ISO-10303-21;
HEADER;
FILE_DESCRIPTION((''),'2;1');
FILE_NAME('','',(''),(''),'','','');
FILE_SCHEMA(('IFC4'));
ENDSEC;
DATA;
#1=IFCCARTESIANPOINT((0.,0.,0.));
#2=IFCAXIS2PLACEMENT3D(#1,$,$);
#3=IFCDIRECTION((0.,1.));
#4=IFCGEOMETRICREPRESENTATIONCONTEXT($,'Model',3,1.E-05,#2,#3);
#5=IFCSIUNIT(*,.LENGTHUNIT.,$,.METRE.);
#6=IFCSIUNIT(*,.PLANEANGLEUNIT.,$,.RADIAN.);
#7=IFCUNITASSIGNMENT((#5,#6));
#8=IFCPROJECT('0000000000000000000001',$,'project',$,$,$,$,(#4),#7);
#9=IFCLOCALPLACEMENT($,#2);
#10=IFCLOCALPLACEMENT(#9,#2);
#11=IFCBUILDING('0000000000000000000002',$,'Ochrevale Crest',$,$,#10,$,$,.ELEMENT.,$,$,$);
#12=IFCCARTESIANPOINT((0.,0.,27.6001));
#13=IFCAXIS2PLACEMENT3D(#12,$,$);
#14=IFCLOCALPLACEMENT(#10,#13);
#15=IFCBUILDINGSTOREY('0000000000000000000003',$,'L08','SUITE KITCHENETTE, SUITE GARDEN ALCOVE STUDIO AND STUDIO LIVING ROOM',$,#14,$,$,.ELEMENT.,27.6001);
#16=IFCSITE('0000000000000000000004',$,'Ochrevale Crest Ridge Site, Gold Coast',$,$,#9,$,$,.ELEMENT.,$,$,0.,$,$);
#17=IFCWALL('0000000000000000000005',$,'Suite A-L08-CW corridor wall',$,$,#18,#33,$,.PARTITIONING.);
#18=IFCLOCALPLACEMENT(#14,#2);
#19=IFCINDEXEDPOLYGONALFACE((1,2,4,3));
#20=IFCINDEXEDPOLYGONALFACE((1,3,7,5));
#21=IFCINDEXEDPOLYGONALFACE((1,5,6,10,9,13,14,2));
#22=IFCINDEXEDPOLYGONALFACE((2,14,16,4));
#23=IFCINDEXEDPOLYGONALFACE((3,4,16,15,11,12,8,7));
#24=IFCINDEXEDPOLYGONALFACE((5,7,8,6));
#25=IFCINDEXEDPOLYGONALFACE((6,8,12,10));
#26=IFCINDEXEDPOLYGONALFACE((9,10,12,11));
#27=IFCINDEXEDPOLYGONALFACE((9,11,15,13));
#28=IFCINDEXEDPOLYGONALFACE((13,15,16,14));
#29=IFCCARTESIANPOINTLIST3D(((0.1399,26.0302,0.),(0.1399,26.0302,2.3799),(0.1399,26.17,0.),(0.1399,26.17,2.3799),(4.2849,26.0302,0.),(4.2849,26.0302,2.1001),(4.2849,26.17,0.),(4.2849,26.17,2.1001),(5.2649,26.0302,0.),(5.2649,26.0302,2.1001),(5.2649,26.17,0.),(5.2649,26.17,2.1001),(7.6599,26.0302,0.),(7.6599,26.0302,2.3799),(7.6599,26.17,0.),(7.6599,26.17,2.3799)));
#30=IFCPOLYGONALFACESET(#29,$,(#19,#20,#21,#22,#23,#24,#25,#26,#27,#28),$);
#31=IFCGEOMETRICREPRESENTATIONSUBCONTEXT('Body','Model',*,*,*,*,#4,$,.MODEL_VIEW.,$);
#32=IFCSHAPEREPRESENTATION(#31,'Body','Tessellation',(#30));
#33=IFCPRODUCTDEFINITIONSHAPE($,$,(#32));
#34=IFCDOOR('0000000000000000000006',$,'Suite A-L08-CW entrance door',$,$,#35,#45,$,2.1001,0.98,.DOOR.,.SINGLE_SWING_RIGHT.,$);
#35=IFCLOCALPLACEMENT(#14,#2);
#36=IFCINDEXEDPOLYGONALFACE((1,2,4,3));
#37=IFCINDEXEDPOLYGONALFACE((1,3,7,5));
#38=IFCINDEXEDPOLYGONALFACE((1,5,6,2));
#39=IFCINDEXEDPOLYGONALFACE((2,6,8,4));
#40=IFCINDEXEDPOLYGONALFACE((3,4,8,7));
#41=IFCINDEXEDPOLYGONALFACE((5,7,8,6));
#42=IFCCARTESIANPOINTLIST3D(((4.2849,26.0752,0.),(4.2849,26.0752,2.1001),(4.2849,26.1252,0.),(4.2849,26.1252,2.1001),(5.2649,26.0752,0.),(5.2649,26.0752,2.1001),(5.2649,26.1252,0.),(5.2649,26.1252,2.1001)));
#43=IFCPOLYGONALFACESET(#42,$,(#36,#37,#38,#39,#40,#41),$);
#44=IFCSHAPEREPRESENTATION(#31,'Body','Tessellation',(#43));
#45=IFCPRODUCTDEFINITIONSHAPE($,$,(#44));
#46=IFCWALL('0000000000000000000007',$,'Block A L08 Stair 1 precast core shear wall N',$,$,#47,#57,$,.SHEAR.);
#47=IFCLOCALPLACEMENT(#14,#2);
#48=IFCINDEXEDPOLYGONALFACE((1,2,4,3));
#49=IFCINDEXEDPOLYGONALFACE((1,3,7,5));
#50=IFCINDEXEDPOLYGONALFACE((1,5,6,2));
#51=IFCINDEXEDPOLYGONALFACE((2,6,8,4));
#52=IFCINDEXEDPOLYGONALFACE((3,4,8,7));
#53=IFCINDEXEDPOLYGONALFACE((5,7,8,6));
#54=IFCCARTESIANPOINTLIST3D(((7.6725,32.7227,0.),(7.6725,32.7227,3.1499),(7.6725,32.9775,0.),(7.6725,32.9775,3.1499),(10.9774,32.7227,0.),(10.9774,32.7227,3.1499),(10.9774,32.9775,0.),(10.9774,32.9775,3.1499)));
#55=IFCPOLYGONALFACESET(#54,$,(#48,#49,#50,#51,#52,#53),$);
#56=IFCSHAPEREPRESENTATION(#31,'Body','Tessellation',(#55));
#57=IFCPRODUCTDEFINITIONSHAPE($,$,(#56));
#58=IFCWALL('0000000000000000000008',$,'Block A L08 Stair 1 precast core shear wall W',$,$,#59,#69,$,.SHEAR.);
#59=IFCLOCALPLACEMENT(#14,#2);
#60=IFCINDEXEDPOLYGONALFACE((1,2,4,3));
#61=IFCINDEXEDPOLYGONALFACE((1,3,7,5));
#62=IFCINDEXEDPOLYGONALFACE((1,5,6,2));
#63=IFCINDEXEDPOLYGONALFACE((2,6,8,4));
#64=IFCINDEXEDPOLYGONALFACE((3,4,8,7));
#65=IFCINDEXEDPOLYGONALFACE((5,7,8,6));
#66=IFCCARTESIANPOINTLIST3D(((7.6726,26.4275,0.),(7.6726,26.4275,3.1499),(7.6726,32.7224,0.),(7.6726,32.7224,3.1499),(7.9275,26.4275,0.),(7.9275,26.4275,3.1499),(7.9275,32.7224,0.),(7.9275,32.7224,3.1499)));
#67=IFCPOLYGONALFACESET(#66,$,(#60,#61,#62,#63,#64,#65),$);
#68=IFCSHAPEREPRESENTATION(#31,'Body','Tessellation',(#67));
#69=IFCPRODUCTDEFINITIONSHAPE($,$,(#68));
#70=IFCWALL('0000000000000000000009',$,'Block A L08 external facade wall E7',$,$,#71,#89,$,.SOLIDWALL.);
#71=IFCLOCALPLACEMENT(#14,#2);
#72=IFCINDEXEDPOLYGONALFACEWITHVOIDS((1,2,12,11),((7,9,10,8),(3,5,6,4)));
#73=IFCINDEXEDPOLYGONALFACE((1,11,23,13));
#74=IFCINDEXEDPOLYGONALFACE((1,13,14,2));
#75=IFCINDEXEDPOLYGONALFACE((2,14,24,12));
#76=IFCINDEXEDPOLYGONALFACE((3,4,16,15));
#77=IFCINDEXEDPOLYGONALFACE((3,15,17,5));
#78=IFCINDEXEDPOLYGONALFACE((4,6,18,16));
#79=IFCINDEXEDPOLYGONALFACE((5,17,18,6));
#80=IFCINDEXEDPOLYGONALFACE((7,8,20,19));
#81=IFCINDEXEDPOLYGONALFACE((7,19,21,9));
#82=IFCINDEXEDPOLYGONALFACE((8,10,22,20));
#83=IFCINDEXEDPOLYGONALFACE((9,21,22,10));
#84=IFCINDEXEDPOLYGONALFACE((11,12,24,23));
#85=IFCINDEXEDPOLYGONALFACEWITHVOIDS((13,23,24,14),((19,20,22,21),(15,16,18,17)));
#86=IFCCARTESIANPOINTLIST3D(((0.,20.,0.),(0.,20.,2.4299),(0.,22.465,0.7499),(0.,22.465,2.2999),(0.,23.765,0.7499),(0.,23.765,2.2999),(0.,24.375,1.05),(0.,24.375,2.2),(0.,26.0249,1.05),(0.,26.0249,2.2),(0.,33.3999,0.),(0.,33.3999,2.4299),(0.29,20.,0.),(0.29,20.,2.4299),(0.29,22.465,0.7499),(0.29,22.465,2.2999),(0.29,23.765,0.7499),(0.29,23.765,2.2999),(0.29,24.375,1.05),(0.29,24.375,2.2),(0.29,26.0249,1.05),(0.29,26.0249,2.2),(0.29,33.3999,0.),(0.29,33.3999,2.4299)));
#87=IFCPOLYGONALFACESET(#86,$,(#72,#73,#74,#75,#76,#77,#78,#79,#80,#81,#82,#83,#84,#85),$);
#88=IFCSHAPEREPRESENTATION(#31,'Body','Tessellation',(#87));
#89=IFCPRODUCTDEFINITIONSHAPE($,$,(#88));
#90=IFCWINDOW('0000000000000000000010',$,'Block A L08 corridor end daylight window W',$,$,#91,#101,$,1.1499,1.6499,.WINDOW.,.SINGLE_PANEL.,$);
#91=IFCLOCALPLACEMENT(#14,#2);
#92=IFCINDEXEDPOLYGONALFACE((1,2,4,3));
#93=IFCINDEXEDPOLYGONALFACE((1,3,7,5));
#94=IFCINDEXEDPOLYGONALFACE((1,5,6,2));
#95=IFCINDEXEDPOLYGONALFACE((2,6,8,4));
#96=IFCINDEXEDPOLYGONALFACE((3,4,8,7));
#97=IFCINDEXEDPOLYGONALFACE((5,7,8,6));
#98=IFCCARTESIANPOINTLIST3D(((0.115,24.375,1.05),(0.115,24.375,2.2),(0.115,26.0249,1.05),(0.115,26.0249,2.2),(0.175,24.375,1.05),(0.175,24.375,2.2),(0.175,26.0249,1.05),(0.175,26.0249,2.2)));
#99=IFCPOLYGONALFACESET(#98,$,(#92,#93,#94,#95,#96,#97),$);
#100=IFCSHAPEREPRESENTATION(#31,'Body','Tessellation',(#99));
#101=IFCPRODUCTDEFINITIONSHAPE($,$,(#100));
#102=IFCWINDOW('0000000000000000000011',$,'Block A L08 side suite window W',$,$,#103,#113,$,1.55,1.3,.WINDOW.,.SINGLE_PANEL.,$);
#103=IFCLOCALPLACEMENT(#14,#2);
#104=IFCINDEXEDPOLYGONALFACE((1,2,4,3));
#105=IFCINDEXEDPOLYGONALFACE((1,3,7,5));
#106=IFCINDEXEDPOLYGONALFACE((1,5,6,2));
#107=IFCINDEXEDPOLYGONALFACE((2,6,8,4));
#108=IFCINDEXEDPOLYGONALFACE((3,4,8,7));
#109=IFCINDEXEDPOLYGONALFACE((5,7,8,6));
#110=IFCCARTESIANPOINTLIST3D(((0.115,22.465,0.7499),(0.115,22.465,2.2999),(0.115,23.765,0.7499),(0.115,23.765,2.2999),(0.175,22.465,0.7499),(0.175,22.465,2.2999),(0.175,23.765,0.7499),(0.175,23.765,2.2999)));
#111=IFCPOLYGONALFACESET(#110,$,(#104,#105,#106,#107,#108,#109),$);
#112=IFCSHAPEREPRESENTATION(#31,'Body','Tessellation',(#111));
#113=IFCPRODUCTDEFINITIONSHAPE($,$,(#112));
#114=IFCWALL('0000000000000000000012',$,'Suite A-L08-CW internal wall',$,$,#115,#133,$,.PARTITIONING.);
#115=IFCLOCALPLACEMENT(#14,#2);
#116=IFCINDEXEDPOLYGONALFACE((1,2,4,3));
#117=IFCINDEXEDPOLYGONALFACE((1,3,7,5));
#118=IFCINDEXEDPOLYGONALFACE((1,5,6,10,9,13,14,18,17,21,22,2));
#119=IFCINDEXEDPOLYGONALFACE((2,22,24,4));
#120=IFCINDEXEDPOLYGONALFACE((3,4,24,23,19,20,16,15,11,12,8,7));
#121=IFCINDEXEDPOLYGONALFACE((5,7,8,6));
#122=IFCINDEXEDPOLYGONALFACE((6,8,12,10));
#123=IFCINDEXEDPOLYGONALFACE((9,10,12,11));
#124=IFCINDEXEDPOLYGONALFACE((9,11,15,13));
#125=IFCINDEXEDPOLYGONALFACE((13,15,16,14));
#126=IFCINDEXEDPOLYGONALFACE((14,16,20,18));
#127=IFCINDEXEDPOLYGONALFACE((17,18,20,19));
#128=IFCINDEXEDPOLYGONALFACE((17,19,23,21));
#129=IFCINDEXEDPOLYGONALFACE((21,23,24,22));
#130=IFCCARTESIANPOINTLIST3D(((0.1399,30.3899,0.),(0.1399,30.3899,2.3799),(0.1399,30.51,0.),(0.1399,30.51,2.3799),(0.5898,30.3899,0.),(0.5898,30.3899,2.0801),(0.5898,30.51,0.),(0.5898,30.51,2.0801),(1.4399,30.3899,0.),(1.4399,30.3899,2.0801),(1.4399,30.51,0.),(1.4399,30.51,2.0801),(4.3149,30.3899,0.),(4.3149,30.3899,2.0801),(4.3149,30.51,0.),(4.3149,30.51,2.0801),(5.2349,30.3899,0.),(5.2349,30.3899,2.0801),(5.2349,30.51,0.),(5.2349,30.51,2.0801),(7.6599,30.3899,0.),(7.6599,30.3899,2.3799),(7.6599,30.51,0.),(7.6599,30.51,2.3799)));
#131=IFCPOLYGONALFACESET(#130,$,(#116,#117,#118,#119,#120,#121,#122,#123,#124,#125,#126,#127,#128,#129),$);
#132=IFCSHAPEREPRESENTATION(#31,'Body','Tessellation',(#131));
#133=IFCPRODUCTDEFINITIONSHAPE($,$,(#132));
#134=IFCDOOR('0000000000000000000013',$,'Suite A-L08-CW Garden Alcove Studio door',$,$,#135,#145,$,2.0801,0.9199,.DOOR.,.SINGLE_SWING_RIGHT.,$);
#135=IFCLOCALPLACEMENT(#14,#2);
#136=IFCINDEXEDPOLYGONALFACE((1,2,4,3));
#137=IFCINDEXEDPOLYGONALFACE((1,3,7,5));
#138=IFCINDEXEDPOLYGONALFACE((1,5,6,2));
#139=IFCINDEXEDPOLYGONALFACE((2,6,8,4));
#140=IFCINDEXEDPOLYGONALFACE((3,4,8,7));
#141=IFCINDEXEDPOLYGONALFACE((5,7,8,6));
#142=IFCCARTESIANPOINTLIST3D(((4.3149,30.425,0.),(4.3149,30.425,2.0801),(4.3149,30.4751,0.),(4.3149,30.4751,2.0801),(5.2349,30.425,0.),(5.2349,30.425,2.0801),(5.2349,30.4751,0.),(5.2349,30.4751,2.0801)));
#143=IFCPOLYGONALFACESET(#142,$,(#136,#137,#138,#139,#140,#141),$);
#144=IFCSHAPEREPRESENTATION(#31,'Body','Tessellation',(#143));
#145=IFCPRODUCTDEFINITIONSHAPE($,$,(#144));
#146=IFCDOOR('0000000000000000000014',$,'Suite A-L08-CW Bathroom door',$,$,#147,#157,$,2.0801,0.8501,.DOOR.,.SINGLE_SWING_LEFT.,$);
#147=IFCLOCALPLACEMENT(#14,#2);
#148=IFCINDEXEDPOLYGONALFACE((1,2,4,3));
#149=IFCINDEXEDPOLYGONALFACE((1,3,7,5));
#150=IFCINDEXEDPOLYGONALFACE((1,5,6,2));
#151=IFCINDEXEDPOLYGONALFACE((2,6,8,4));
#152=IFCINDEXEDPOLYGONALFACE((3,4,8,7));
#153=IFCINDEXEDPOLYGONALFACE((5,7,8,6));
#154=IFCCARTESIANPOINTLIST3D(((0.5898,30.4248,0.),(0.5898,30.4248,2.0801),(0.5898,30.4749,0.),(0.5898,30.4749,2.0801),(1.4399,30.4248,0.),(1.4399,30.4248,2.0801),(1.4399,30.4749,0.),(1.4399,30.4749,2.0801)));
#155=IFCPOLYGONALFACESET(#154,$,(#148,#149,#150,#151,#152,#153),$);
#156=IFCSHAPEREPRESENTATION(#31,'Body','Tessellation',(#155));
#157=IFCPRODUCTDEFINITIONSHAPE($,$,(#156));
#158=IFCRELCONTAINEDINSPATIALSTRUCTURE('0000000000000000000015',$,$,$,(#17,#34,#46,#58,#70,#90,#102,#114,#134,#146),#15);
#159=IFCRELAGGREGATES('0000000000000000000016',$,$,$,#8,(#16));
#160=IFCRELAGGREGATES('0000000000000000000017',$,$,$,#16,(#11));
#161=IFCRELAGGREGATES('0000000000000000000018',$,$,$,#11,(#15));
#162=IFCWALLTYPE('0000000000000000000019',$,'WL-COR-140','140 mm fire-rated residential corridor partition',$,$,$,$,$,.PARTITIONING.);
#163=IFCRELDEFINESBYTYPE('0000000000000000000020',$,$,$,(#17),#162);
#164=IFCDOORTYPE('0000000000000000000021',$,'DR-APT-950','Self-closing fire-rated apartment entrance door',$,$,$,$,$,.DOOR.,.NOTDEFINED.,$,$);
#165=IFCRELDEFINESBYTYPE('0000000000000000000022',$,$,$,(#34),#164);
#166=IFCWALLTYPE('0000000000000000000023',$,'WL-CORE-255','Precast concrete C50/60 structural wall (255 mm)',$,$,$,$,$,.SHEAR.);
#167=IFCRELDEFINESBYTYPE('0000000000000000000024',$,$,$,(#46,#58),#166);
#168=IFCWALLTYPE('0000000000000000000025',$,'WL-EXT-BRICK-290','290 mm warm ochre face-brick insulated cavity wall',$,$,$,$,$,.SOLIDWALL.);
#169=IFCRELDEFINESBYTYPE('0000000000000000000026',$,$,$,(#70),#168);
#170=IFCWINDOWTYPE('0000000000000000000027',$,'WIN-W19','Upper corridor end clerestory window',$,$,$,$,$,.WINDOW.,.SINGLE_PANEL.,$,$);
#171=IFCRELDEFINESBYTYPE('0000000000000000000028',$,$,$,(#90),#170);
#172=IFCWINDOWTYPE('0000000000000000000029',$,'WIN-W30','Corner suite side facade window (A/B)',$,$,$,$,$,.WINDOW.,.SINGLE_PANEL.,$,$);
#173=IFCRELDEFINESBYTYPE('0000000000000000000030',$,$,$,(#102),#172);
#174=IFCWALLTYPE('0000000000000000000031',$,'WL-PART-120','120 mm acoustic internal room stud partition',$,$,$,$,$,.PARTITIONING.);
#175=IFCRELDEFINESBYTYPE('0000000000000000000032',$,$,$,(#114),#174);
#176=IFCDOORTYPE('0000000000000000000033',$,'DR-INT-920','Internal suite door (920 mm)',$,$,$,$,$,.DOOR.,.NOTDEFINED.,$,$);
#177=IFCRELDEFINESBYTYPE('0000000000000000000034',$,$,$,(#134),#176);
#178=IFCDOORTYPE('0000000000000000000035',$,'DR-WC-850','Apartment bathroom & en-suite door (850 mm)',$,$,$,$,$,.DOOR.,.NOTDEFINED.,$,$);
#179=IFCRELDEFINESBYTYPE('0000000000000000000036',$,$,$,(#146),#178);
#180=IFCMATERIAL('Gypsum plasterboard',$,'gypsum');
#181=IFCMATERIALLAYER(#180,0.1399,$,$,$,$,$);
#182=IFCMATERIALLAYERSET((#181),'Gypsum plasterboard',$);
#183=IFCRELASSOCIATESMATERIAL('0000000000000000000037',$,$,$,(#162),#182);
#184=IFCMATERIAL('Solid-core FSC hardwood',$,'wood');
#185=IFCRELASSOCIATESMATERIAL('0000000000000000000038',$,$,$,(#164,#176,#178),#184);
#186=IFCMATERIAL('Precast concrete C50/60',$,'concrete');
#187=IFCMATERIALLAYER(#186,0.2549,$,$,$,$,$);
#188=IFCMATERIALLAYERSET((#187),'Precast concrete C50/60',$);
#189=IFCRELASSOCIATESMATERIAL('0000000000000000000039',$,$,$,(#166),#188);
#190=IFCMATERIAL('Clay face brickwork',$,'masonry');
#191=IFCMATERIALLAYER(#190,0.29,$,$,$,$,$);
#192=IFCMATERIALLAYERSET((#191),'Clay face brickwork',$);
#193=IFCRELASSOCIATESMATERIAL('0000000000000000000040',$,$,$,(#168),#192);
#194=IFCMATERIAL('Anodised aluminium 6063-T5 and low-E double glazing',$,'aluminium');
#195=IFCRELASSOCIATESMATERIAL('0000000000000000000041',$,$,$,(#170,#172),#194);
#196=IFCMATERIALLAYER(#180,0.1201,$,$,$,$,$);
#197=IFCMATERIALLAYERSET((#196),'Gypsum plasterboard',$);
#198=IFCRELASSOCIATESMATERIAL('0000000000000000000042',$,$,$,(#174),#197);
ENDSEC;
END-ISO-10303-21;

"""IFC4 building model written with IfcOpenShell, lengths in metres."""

from ifc_helpers import new_model, si_unit, direction, frame, frame_2d, origin, place, context, subcontext, project, spatial, rectangle, extrude, material, layer, layer_set, type_object, element, fill, save


model = new_model("IFC4")

# Units and contexts
model_context = context("Model", 3, precision=1e-05, world=origin(), true_north=direction((0.0, 1.0)))
body_context = subcontext(model_context, "Body", "Model", "MODEL_VIEW")
ifc_project = project(units=[si_unit("LENGTHUNIT", "METRE"), si_unit("PLANEANGLEUNIT", "RADIAN")], contexts=[model_context])

# Site, building, storey
site_placement = place(None, origin())
site = spatial("IfcSite", under=ifc_project, at=site_placement, Name="Ochrevale Crest Ridge Site, Gold Coast", CompositionType="ELEMENT", RefElevation=0.0)
building_placement = place(site_placement, origin())
building = spatial("IfcBuilding", under=site, at=building_placement, Name="Ochrevale Crest", CompositionType="ELEMENT")
storey_placement = place(building_placement, frame((0.0, 0.0, 27.6001)))
storey = spatial("IfcBuildingStorey", under=building, at=storey_placement, Name="L08", Description="SUITE KITCHENETTE, SUITE GARDEN ALCOVE STUDIO AND STUDIO LIVING ROOM", CompositionType="ELEMENT", Elevation=27.6001)

# Shared definitions
ifc_material_1 = material(Name="Precast concrete C50/60", Category="concrete")

# Wall, opening, door
ifc_material_2 = material(Name="Gypsum plasterboard", Category="gypsum")
ifc_layer_1 = layer(ifc_material_2, 0.1399)
ifc_layer_set_1 = layer_set([ifc_layer_1], Name="Gypsum plasterboard")
wall_type_1 = type_object("IfcWallType", Name="WL-COR-140", Description="140 mm fire-rated residential corridor partition", PredefinedType="PARTITIONING", material=ifc_layer_set_1)
ifc_material_3 = material(Name="Solid-core FSC hardwood", Category="wood")
door_type_1 = type_object("IfcDoorType", Name="DR-APT-950", Description="Self-closing fire-rated apartment entrance door", OperationType="NOTDEFINED", PredefinedType="DOOR", material=ifc_material_3)
wall_1_placement = place(storey_placement, frame((0.1399, 26.1001, 0.0), z_axis=(0.0, 0.0, 1.0), x_axis=(1.0, 0.0, 0.0)))
wall_1 = element("IfcWall", 1, at=wall_1_placement, inside=storey, type_object=wall_type_1, Name="Suite A-L08-CW corridor wall", PredefinedType="PARTITIONING", context=body_context, shape_type="SweptSolid", body=[
    extrude(rectangle(XDim=7.52, YDim=0.1399, at=frame_2d((3.76, 0.0))), origin(), (0.0, 0.0, 1.0), 2.3799),
])
opening_1_placement = place(wall_1_placement, frame((5.125, 0.0, 0.0), z_axis=(0.0, 0.0, 1.0), x_axis=(-1.0, 0.0, 0.0)))
opening_1 = element("IfcOpeningElement", 2, at=opening_1_placement, cuts=wall_1, PredefinedType="OPENING", context=body_context, shape_type="SweptSolid", body=[
    extrude(rectangle(XDim=0.98, YDim=2.1001, at=frame_2d((0.49, 1.05))), frame((0.0, 0.0801, 0.0), z_axis=(0.0, -1.0, 0.0), x_axis=(1.0, 0.0, 0.0)), (0.0, 0.0, 1.0), 0.1599),
])
door_1_placement = place(opening_1_placement, origin())
door_1 = element("IfcDoor", 3, at=door_1_placement, inside=storey, type_object=door_type_1, Name="Suite A-L08-CW entrance door", OperationType="SINGLE_SWING_RIGHT", OverallHeight=2.1001, OverallWidth=0.98, PredefinedType="DOOR", context=body_context, shape_type="SweptSolid", body=[
    extrude(rectangle(XDim=0.98, YDim=2.1001, at=frame_2d((0.49, 1.05))), frame((0.0, 0.0249, 0.0), z_axis=(0.0, -1.0, 0.0), x_axis=(1.0, 0.0, 0.0)), (0.0, 0.0, 1.0), 0.05),
])
fill(opening_1, door_1)
ifc_layer_2 = layer(ifc_material_1, 0.2549)
ifc_layer_set_2 = layer_set([ifc_layer_2], Name="Precast concrete C50/60")
wall_type_2 = type_object("IfcWallType", Name="WL-CORE-255", Description="Precast concrete C50/60 structural wall (255 mm)", PredefinedType="SHEAR", material=ifc_layer_set_2)

# Walls
wall_2_placement = place(storey_placement, frame((7.6726, 32.8501, 0.0), z_axis=(0.0, 0.0, 1.0), x_axis=(1.0, 0.0, 0.0)))
element("IfcWall", 4, at=wall_2_placement, inside=storey, type_object=wall_type_2, Name="Block A L08 Stair 1 precast core shear wall N", PredefinedType="SHEAR", context=body_context, shape_type="SweptSolid", body=[
    extrude(rectangle(XDim=3.3049, YDim=0.2549, at=frame_2d((1.6523, 0.0))), origin(), (0.0, 0.0, 1.0), 3.1499),
])
wall_3_placement = place(storey_placement, frame((7.8, 26.4275, 0.0), z_axis=(0.0, 0.0, 1.0), x_axis=(0.0, 1.0, 0.0)))
element("IfcWall", 5, at=wall_3_placement, inside=storey, type_object=wall_type_2, Name="Block A L08 Stair 1 precast core shear wall W", PredefinedType="SHEAR", context=body_context, shape_type="SweptSolid", body=[
    extrude(rectangle(XDim=6.2949, YDim=0.2549, at=frame_2d((3.1475, 0.0))), origin(), (0.0, 0.0, 1.0), 3.1499),
])

# Wall, openings, windows
ifc_material_4 = material(Name="Clay face brickwork", Category="masonry")
ifc_layer_3 = layer(ifc_material_4, 0.29)
ifc_layer_set_3 = layer_set([ifc_layer_3], Name="Clay face brickwork")
wall_type_3 = type_object("IfcWallType", Name="WL-EXT-BRICK-290", Description="290 mm warm ochre face-brick insulated cavity wall", PredefinedType="SOLIDWALL", material=ifc_layer_set_3)
wall_4_placement = place(storey_placement, frame((0.145, 33.3999, 0.0), z_axis=(0.0, 0.0, 1.0), x_axis=(0.0, -1.0, 0.0)))
wall_4 = element("IfcWall", 6, at=wall_4_placement, inside=storey, type_object=wall_type_3, Name="Block A L08 external facade wall E7", PredefinedType="SOLIDWALL", context=body_context, shape_type="SweptSolid", body=[
    extrude(rectangle(XDim=13.3999, YDim=0.29, at=frame_2d((6.7, 0.0))), origin(), (0.0, 0.0, 1.0), 2.4299),
])
opening_2_placement = place(wall_4_placement, frame((7.375, 0.0, 1.05)))
opening_2 = element("IfcOpeningElement", 7, at=opening_2_placement, cuts=wall_4, PredefinedType="OPENING", context=body_context, shape_type="SweptSolid", body=[
    extrude(rectangle(XDim=1.6499, YDim=1.1499, at=frame_2d((0.825, 0.575))), frame((0.0, 0.155, 0.0), z_axis=(0.0, -1.0, 0.0), x_axis=(1.0, 0.0, 0.0)), (0.0, 0.0, 1.0), 0.3101),
])
opening_3_placement = place(wall_4_placement, frame((9.635, 0.0, 0.75)))
opening_3 = element("IfcOpeningElement", 8, at=opening_3_placement, cuts=wall_4, PredefinedType="OPENING", context=body_context, shape_type="SweptSolid", body=[
    extrude(rectangle(XDim=1.3, YDim=1.55, at=frame_2d((0.6499, 0.7749))), frame((0.0, 0.155, 0.0), z_axis=(0.0, -1.0, 0.0), x_axis=(1.0, 0.0, 0.0)), (0.0, 0.0, 1.0), 0.3101),
])
ifc_material_5 = material(Name="Anodised aluminium 6063-T5 and low-E double glazing", Category="aluminium")
window_type_1 = type_object("IfcWindowType", Name="WIN-W19", Description="Upper corridor end clerestory window", PartitioningType="SINGLE_PANEL", PredefinedType="WINDOW", material=ifc_material_5)
window_1_placement = place(opening_2_placement, origin())
window_1 = element("IfcWindow", 9, at=window_1_placement, inside=storey, type_object=window_type_1, Name="Block A L08 corridor end daylight window W", OverallHeight=1.1499, OverallWidth=1.6499, PartitioningType="SINGLE_PANEL", PredefinedType="WINDOW", context=body_context, shape_type="SweptSolid", body=[
    extrude(rectangle(XDim=1.6499, YDim=1.1499, at=frame_2d((0.825, 0.575))), frame((0.0, 0.03, 0.0), z_axis=(0.0, -1.0, 0.0), x_axis=(1.0, 0.0, 0.0)), (0.0, 0.0, 1.0), 0.0601),
])
fill(opening_2, window_1)
window_type_2 = type_object("IfcWindowType", Name="WIN-W30", Description="Corner suite side facade window (A/B)", PartitioningType="SINGLE_PANEL", PredefinedType="WINDOW", material=ifc_material_5)
window_2_placement = place(opening_3_placement, origin())
window_2 = element("IfcWindow", 10, at=window_2_placement, inside=storey, type_object=window_type_2, Name="Block A L08 side suite window W", OverallHeight=1.55, OverallWidth=1.3, PartitioningType="SINGLE_PANEL", PredefinedType="WINDOW", context=body_context, shape_type="SweptSolid", body=[
    extrude(rectangle(XDim=1.3, YDim=1.55, at=frame_2d((0.6499, 0.7749))), frame((0.0, 0.03, 0.0), z_axis=(0.0, -1.0, 0.0), x_axis=(1.0, 0.0, 0.0)), (0.0, 0.0, 1.0), 0.0601),
])
fill(opening_3, window_2)

# Wall, openings, doors
ifc_layer_4 = layer(ifc_material_2, 0.1201)
ifc_layer_set_4 = layer_set([ifc_layer_4], Name="Gypsum plasterboard")
wall_type_4 = type_object("IfcWallType", Name="WL-PART-120", Description="120 mm acoustic internal room stud partition", PredefinedType="PARTITIONING", material=ifc_layer_set_4)
wall_5_placement = place(storey_placement, frame((0.1399, 30.45, 0.0), z_axis=(0.0, 0.0, 1.0), x_axis=(1.0, 0.0, 0.0)))
wall_5 = element("IfcWall", 11, at=wall_5_placement, inside=storey, type_object=wall_type_4, Name="Suite A-L08-CW internal wall", PredefinedType="PARTITIONING", context=body_context, shape_type="SweptSolid", body=[
    extrude(rectangle(XDim=7.52, YDim=0.1201, at=frame_2d((3.76, 0.0))), origin(), (0.0, 0.0, 1.0), 2.3799),
])
opening_4_placement = place(wall_5_placement, frame((0.45, 0.0, 0.0)))
opening_4 = element("IfcOpeningElement", 12, at=opening_4_placement, cuts=wall_5, PredefinedType="OPENING", context=body_context, shape_type="SweptSolid", body=[
    extrude(rectangle(XDim=0.8501, YDim=2.0801, at=frame_2d((0.425, 1.04))), frame((0.0, 0.0701, 0.0), z_axis=(0.0, -1.0, 0.0), x_axis=(1.0, 0.0, 0.0)), (0.0, 0.0, 1.0), 0.1401),
])
opening_5_placement = place(wall_5_placement, frame((5.095, 0.0, 0.0), z_axis=(0.0, 0.0, 1.0), x_axis=(-1.0, 0.0, 0.0)))
opening_5 = element("IfcOpeningElement", 13, at=opening_5_placement, cuts=wall_5, PredefinedType="OPENING", context=body_context, shape_type="SweptSolid", body=[
    extrude(rectangle(XDim=0.9199, YDim=2.0801, at=frame_2d((0.46, 1.04))), frame((0.0, 0.0701, 0.0), z_axis=(0.0, -1.0, 0.0), x_axis=(1.0, 0.0, 0.0)), (0.0, 0.0, 1.0), 0.1401),
])
door_type_2 = type_object("IfcDoorType", Name="DR-INT-920", Description="Internal suite door (920 mm)", OperationType="NOTDEFINED", PredefinedType="DOOR", material=ifc_material_3)
door_2_placement = place(opening_5_placement, origin())
door_2 = element("IfcDoor", 14, at=door_2_placement, inside=storey, type_object=door_type_2, Name="Suite A-L08-CW Garden Alcove Studio door", OperationType="SINGLE_SWING_RIGHT", OverallHeight=2.0801, OverallWidth=0.9199, PredefinedType="DOOR", context=body_context, shape_type="SweptSolid", body=[
    extrude(rectangle(XDim=0.9199, YDim=2.0801, at=frame_2d((0.46, 1.04))), frame((0.0, 0.0249, 0.0), z_axis=(0.0, -1.0, 0.0), x_axis=(1.0, 0.0, 0.0)), (0.0, 0.0, 1.0), 0.05),
])
fill(opening_5, door_2)
door_type_3 = type_object("IfcDoorType", Name="DR-WC-850", Description="Apartment bathroom & en-suite door (850 mm)", OperationType="NOTDEFINED", PredefinedType="DOOR", material=ifc_material_3)
door_3_placement = place(opening_4_placement, origin())
door_3 = element("IfcDoor", 15, at=door_3_placement, inside=storey, type_object=door_type_3, Name="Suite A-L08-CW Bathroom door", OperationType="SINGLE_SWING_LEFT", OverallHeight=2.0801, OverallWidth=0.8501, PredefinedType="DOOR", context=body_context, shape_type="SweptSolid", body=[
    extrude(rectangle(XDim=0.8501, YDim=2.0801, at=frame_2d((0.425, 1.04))), frame((0.0, 0.0249, 0.0), z_axis=(0.0, -1.0, 0.0), x_axis=(1.0, 0.0, 0.0)), (0.0, 0.0, 1.0), 0.05),
])
fill(opening_4, door_3)

save(model, "model.ifc")
